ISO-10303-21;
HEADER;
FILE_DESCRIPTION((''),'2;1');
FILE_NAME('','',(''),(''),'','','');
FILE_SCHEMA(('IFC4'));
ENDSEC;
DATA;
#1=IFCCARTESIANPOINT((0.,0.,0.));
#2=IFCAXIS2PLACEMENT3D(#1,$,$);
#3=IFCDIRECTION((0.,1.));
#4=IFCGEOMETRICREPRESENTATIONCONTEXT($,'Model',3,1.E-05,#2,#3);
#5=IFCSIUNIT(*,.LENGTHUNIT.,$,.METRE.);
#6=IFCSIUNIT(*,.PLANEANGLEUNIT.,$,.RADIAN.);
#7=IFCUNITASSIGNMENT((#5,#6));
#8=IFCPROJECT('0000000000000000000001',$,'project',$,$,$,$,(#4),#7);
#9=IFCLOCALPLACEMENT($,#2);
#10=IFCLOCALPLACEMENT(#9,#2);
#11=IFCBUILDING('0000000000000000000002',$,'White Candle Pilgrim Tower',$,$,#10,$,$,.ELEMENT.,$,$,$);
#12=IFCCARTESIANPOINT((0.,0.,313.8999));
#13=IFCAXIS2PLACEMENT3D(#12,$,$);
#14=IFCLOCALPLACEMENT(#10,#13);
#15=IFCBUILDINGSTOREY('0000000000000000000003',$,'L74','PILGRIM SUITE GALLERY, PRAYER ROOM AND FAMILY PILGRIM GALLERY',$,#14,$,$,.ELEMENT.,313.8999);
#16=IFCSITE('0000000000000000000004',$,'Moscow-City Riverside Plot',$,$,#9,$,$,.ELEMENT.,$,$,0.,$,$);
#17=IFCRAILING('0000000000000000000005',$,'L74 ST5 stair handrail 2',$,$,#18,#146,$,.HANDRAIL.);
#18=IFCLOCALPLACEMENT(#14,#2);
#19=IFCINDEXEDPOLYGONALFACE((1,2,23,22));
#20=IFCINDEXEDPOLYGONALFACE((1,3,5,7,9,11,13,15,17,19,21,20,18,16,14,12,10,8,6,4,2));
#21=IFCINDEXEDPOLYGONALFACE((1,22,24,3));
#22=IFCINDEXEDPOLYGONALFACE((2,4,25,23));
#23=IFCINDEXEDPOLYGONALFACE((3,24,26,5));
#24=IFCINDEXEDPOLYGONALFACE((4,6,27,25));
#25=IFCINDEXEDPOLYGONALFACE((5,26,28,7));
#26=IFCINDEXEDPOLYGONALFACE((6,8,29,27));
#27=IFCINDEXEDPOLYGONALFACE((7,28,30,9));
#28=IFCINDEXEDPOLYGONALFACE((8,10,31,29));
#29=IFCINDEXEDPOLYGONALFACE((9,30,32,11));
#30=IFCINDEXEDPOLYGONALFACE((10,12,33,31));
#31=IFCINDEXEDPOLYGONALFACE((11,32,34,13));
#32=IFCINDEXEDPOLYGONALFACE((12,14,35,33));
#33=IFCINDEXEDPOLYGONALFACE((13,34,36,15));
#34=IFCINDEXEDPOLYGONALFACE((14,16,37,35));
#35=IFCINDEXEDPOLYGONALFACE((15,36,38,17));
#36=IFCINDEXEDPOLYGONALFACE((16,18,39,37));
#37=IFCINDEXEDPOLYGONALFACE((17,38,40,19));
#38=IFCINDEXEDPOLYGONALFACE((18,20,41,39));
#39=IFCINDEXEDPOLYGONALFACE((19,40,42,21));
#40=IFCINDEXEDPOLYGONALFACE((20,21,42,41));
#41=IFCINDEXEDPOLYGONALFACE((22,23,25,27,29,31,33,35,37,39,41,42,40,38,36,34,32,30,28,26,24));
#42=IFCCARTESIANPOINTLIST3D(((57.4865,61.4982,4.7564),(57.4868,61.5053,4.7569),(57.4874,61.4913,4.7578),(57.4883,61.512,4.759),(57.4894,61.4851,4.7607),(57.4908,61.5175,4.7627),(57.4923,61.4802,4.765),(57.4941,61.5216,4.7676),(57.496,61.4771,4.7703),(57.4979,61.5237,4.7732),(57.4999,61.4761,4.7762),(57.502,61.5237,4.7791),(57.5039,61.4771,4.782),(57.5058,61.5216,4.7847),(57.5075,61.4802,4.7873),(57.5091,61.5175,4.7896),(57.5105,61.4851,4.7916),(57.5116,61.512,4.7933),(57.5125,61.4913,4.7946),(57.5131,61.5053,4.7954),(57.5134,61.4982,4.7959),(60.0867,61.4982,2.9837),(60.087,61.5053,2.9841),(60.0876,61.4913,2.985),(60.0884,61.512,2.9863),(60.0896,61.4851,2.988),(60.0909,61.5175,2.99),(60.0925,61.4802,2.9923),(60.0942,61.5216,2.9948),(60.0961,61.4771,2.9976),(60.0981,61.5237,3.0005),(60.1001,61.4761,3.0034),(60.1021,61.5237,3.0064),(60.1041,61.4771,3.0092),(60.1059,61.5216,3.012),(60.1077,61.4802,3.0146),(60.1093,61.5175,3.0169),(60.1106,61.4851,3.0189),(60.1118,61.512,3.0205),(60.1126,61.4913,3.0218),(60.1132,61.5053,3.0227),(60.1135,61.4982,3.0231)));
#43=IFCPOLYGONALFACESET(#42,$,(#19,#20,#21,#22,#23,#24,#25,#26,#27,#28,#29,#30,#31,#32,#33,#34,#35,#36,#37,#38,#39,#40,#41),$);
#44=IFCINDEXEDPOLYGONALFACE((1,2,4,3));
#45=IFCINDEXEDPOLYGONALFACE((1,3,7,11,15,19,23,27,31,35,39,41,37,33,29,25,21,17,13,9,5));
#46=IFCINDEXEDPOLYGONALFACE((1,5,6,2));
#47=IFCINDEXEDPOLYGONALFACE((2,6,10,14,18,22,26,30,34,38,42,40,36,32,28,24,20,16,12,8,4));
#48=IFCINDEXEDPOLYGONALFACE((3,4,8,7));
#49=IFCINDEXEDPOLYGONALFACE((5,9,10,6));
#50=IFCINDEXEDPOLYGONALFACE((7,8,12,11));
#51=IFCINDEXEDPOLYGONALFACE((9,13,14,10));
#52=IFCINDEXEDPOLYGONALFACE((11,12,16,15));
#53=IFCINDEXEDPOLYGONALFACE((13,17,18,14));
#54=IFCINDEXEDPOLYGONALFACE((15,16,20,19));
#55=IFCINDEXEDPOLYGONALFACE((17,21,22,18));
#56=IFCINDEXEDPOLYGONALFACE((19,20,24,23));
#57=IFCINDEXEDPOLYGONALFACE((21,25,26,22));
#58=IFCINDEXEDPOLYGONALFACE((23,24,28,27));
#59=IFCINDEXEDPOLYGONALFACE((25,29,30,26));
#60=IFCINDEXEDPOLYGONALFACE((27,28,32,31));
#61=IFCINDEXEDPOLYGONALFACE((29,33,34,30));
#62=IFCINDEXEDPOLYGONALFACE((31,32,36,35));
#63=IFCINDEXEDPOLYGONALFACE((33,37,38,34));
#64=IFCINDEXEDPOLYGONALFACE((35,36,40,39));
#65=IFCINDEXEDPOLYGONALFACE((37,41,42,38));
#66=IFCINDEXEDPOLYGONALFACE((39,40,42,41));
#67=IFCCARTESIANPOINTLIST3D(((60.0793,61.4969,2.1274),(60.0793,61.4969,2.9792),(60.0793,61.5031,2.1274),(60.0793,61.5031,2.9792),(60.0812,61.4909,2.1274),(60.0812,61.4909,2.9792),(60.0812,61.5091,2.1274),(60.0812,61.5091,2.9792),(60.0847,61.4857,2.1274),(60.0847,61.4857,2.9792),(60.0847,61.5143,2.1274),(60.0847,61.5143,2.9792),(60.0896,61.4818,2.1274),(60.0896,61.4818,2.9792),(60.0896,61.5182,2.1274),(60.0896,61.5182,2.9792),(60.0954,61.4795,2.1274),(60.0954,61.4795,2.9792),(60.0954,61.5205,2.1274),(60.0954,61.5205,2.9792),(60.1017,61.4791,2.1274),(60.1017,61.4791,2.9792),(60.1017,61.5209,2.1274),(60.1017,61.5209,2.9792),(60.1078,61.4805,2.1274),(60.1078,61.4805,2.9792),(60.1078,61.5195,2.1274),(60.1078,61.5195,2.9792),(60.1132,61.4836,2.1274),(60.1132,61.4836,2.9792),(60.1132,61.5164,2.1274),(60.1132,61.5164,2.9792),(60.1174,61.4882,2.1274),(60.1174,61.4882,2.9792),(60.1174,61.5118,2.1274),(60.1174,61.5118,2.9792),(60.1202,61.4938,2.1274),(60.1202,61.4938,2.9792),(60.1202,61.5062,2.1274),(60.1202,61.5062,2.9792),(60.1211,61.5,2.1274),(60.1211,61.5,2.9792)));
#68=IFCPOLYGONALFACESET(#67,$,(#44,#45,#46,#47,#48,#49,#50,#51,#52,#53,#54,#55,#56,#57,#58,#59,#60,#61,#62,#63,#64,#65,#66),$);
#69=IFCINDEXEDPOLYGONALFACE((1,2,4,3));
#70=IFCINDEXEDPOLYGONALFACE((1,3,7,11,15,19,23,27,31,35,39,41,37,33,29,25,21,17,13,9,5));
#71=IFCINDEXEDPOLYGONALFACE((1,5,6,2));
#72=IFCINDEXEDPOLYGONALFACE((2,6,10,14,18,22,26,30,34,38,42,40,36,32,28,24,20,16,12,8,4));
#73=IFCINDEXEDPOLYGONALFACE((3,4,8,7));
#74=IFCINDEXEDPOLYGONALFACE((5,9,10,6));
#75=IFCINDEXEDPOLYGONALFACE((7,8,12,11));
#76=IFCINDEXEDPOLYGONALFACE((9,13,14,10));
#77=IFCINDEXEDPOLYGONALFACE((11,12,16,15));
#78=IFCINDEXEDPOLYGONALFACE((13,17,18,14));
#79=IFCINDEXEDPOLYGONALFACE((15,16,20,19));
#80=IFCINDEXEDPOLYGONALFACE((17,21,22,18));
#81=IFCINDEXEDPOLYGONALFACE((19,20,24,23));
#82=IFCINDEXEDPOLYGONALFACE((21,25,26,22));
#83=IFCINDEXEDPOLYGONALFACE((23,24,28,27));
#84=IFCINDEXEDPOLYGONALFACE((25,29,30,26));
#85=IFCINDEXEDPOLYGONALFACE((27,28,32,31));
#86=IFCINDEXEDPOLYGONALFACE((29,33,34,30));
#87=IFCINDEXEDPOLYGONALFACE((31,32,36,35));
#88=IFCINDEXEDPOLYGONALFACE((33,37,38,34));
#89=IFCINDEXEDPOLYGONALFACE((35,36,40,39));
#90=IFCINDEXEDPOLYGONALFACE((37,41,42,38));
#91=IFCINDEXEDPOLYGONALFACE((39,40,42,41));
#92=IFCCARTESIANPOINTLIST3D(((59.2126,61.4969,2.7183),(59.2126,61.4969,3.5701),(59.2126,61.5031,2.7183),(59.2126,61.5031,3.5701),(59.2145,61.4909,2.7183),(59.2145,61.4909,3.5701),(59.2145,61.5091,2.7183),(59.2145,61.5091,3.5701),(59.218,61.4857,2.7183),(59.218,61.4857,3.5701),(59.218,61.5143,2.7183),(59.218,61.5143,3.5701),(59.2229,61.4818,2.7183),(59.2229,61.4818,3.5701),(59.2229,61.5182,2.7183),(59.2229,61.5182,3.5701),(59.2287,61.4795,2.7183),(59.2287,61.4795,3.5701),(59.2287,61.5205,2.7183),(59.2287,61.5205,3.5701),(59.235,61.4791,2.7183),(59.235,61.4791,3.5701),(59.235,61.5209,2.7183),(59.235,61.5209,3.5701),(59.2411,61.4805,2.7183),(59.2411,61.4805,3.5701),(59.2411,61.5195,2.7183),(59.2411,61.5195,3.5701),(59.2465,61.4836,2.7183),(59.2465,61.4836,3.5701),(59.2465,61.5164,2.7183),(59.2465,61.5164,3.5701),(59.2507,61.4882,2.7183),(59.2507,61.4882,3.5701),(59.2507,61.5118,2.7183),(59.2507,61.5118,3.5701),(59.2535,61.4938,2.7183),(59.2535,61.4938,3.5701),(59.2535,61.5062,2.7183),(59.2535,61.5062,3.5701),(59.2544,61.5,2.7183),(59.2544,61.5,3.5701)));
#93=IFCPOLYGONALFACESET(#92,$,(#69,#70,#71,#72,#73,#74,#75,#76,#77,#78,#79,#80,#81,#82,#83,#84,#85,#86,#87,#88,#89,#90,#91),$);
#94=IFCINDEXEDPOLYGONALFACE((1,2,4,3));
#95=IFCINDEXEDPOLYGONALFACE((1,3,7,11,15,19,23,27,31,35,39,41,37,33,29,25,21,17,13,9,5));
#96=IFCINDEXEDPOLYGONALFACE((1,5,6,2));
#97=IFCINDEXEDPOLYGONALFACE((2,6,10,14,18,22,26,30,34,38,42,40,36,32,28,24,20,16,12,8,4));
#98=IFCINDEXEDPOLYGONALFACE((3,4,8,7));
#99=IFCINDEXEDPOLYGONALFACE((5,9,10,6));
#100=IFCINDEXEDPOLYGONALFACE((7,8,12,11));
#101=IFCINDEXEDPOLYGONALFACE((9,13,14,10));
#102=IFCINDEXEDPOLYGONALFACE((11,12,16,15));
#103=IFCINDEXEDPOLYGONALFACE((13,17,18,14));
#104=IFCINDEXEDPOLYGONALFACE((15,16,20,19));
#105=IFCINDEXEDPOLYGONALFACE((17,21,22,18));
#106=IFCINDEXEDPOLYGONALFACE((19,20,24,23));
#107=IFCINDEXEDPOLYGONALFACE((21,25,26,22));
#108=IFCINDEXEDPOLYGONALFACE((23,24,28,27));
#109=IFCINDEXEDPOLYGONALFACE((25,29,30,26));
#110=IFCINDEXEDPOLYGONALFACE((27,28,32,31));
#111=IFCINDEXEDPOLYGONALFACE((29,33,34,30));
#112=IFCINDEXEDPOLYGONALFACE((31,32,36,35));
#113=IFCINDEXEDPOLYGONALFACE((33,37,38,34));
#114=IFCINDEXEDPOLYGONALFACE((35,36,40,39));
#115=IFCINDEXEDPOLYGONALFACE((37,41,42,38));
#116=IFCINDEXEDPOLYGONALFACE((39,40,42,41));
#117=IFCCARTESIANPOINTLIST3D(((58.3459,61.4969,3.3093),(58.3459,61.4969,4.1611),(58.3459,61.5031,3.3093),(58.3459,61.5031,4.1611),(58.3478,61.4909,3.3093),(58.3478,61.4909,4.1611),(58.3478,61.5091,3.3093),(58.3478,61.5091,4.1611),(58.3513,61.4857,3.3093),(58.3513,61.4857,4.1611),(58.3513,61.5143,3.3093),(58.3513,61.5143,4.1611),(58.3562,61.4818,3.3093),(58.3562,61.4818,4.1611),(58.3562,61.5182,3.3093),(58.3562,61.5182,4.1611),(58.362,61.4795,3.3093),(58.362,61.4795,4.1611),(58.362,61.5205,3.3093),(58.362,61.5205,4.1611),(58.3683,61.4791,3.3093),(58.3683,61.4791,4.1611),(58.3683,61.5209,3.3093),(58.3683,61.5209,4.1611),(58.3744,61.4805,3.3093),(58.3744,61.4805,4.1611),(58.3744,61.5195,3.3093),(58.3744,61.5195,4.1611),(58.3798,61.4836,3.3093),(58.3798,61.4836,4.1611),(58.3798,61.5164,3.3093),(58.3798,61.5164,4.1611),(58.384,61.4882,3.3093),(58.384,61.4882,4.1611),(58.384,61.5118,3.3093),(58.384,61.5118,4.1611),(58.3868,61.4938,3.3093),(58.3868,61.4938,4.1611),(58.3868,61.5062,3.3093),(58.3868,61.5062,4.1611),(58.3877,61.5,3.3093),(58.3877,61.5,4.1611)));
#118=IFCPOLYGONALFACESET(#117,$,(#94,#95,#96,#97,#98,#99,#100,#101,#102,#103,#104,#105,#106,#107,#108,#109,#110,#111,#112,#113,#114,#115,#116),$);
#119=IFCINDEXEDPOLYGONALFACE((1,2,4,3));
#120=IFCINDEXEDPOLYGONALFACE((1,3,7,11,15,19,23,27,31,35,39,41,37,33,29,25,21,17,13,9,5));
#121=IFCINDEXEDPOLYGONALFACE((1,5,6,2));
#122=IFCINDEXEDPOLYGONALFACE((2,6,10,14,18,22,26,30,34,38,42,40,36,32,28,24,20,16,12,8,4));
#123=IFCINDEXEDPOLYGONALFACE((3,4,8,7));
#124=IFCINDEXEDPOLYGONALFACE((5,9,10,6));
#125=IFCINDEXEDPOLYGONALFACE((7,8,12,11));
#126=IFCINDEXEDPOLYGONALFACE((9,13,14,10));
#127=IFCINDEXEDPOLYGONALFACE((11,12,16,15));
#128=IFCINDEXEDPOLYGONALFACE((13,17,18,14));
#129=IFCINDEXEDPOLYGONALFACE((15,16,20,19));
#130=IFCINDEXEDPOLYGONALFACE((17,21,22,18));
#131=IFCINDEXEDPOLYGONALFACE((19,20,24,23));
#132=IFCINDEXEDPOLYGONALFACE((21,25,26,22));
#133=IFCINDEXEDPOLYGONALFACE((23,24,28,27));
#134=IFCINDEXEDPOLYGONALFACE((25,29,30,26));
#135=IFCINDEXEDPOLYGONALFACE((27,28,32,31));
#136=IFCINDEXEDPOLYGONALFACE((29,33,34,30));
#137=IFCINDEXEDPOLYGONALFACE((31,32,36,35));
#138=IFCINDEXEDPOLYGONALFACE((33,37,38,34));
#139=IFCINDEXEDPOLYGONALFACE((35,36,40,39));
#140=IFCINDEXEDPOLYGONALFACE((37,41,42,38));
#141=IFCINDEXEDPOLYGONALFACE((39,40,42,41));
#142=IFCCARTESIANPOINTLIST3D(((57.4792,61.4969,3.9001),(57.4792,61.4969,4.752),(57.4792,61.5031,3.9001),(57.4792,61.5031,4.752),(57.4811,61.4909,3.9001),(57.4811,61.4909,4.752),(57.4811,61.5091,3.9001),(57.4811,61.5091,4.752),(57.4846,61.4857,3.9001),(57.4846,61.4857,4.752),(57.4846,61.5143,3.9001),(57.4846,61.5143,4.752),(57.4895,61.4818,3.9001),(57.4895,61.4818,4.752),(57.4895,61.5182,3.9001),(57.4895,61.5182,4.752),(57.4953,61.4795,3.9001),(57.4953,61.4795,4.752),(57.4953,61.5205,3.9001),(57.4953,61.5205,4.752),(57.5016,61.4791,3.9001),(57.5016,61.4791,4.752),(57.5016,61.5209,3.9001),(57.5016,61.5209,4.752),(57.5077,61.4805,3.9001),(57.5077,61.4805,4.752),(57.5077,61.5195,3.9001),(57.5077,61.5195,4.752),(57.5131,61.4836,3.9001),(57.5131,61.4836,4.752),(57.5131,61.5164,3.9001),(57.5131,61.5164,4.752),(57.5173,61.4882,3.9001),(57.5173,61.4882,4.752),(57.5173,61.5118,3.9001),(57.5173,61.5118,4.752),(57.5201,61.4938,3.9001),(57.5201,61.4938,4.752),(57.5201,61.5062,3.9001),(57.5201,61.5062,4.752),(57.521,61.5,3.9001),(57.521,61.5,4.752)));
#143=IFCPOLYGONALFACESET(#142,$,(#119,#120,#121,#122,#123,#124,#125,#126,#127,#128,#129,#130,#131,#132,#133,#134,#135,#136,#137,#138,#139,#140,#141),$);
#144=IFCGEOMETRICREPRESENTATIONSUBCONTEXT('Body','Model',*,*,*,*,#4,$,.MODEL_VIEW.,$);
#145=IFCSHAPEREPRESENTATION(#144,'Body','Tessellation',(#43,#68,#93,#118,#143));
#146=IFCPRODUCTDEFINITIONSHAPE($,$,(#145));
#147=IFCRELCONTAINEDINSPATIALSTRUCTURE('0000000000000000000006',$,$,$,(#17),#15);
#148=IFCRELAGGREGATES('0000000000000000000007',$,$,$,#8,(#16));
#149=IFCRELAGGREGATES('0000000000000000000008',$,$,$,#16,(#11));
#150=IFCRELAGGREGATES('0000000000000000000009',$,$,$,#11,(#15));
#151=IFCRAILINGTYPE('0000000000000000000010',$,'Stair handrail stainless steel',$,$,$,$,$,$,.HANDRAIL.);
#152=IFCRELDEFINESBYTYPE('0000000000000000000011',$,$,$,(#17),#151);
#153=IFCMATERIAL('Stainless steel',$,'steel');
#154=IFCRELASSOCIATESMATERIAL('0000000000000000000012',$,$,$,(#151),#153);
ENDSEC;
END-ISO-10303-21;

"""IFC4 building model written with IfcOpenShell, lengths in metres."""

from ifc_helpers import new_model, si_unit, direction, frame, origin, origin_2d, place, context, subcontext, project, spatial, circle, extrude, material, type_object, element, save


model = new_model("IFC4")

# Units and contexts
model_context = context("Model", 3, precision=1e-05, world=origin(), true_north=direction((0.0, 1.0)))
body_context = subcontext(model_context, "Body", "Model", "MODEL_VIEW")
ifc_project = project(units=[si_unit("LENGTHUNIT", "METRE"), si_unit("PLANEANGLEUNIT", "RADIAN")], contexts=[model_context])

# Site, building, storey
site_placement = place(None, origin())
site = spatial("IfcSite", under=ifc_project, at=site_placement, Name="Moscow-City Riverside Plot", CompositionType="ELEMENT", RefElevation=0.0)
building_placement = place(site_placement, origin())
building = spatial("IfcBuilding", under=site, at=building_placement, Name="White Candle Pilgrim Tower", CompositionType="ELEMENT")
storey_placement = place(building_placement, frame((0.0, 0.0, 313.8999)))
storey = spatial("IfcBuildingStorey", under=building, at=storey_placement, Name="L74", Description="PILGRIM SUITE GALLERY, PRAYER ROOM AND FAMILY PILGRIM GALLERY", CompositionType="ELEMENT", Elevation=313.8999)

# Railing
ifc_material_1 = material(Name="Stainless steel", Category="steel")
railing_type_1 = type_object("IfcRailingType", Name="Stair handrail stainless steel", PredefinedType="HANDRAIL", material=ifc_material_1)
railing_1_placement = place(storey_placement, frame((60.1001, 61.5, 2.1274)))
element("IfcRailing", 1, at=railing_1_placement, inside=storey, type_object=railing_type_1, Name="L74 ST5 stair handrail 2", PredefinedType="HANDRAIL", context=body_context, shape_type="SweptSolid", body=[
    extrude(circle(Radius=0.0239, at=origin_2d()), frame((0.0, 0.0, 0.876), z_axis=(-0.82624, 0.0, 0.563318), x_axis=(0.0, -1.0, 0.0)), (0.0, 0.0, 1.0), 3.147),
    extrude(circle(Radius=0.021, at=origin_2d()), origin(), (0.0, 0.0, 1.0), 0.8518),
    extrude(circle(Radius=0.021, at=origin_2d()), frame((-0.8667, 0.0, 0.5908)), (0.0, 0.0, 1.0), 0.8518),
    extrude(circle(Radius=0.021, at=origin_2d()), frame((-1.7334, 0.0, 1.1819)), (0.0, 0.0, 1.0), 0.8518),
    extrude(circle(Radius=0.021, at=origin_2d()), frame((-2.6001, 0.0, 1.7727)), (0.0, 0.0, 1.0), 0.8518),
])

save(model, "model.ifc")
